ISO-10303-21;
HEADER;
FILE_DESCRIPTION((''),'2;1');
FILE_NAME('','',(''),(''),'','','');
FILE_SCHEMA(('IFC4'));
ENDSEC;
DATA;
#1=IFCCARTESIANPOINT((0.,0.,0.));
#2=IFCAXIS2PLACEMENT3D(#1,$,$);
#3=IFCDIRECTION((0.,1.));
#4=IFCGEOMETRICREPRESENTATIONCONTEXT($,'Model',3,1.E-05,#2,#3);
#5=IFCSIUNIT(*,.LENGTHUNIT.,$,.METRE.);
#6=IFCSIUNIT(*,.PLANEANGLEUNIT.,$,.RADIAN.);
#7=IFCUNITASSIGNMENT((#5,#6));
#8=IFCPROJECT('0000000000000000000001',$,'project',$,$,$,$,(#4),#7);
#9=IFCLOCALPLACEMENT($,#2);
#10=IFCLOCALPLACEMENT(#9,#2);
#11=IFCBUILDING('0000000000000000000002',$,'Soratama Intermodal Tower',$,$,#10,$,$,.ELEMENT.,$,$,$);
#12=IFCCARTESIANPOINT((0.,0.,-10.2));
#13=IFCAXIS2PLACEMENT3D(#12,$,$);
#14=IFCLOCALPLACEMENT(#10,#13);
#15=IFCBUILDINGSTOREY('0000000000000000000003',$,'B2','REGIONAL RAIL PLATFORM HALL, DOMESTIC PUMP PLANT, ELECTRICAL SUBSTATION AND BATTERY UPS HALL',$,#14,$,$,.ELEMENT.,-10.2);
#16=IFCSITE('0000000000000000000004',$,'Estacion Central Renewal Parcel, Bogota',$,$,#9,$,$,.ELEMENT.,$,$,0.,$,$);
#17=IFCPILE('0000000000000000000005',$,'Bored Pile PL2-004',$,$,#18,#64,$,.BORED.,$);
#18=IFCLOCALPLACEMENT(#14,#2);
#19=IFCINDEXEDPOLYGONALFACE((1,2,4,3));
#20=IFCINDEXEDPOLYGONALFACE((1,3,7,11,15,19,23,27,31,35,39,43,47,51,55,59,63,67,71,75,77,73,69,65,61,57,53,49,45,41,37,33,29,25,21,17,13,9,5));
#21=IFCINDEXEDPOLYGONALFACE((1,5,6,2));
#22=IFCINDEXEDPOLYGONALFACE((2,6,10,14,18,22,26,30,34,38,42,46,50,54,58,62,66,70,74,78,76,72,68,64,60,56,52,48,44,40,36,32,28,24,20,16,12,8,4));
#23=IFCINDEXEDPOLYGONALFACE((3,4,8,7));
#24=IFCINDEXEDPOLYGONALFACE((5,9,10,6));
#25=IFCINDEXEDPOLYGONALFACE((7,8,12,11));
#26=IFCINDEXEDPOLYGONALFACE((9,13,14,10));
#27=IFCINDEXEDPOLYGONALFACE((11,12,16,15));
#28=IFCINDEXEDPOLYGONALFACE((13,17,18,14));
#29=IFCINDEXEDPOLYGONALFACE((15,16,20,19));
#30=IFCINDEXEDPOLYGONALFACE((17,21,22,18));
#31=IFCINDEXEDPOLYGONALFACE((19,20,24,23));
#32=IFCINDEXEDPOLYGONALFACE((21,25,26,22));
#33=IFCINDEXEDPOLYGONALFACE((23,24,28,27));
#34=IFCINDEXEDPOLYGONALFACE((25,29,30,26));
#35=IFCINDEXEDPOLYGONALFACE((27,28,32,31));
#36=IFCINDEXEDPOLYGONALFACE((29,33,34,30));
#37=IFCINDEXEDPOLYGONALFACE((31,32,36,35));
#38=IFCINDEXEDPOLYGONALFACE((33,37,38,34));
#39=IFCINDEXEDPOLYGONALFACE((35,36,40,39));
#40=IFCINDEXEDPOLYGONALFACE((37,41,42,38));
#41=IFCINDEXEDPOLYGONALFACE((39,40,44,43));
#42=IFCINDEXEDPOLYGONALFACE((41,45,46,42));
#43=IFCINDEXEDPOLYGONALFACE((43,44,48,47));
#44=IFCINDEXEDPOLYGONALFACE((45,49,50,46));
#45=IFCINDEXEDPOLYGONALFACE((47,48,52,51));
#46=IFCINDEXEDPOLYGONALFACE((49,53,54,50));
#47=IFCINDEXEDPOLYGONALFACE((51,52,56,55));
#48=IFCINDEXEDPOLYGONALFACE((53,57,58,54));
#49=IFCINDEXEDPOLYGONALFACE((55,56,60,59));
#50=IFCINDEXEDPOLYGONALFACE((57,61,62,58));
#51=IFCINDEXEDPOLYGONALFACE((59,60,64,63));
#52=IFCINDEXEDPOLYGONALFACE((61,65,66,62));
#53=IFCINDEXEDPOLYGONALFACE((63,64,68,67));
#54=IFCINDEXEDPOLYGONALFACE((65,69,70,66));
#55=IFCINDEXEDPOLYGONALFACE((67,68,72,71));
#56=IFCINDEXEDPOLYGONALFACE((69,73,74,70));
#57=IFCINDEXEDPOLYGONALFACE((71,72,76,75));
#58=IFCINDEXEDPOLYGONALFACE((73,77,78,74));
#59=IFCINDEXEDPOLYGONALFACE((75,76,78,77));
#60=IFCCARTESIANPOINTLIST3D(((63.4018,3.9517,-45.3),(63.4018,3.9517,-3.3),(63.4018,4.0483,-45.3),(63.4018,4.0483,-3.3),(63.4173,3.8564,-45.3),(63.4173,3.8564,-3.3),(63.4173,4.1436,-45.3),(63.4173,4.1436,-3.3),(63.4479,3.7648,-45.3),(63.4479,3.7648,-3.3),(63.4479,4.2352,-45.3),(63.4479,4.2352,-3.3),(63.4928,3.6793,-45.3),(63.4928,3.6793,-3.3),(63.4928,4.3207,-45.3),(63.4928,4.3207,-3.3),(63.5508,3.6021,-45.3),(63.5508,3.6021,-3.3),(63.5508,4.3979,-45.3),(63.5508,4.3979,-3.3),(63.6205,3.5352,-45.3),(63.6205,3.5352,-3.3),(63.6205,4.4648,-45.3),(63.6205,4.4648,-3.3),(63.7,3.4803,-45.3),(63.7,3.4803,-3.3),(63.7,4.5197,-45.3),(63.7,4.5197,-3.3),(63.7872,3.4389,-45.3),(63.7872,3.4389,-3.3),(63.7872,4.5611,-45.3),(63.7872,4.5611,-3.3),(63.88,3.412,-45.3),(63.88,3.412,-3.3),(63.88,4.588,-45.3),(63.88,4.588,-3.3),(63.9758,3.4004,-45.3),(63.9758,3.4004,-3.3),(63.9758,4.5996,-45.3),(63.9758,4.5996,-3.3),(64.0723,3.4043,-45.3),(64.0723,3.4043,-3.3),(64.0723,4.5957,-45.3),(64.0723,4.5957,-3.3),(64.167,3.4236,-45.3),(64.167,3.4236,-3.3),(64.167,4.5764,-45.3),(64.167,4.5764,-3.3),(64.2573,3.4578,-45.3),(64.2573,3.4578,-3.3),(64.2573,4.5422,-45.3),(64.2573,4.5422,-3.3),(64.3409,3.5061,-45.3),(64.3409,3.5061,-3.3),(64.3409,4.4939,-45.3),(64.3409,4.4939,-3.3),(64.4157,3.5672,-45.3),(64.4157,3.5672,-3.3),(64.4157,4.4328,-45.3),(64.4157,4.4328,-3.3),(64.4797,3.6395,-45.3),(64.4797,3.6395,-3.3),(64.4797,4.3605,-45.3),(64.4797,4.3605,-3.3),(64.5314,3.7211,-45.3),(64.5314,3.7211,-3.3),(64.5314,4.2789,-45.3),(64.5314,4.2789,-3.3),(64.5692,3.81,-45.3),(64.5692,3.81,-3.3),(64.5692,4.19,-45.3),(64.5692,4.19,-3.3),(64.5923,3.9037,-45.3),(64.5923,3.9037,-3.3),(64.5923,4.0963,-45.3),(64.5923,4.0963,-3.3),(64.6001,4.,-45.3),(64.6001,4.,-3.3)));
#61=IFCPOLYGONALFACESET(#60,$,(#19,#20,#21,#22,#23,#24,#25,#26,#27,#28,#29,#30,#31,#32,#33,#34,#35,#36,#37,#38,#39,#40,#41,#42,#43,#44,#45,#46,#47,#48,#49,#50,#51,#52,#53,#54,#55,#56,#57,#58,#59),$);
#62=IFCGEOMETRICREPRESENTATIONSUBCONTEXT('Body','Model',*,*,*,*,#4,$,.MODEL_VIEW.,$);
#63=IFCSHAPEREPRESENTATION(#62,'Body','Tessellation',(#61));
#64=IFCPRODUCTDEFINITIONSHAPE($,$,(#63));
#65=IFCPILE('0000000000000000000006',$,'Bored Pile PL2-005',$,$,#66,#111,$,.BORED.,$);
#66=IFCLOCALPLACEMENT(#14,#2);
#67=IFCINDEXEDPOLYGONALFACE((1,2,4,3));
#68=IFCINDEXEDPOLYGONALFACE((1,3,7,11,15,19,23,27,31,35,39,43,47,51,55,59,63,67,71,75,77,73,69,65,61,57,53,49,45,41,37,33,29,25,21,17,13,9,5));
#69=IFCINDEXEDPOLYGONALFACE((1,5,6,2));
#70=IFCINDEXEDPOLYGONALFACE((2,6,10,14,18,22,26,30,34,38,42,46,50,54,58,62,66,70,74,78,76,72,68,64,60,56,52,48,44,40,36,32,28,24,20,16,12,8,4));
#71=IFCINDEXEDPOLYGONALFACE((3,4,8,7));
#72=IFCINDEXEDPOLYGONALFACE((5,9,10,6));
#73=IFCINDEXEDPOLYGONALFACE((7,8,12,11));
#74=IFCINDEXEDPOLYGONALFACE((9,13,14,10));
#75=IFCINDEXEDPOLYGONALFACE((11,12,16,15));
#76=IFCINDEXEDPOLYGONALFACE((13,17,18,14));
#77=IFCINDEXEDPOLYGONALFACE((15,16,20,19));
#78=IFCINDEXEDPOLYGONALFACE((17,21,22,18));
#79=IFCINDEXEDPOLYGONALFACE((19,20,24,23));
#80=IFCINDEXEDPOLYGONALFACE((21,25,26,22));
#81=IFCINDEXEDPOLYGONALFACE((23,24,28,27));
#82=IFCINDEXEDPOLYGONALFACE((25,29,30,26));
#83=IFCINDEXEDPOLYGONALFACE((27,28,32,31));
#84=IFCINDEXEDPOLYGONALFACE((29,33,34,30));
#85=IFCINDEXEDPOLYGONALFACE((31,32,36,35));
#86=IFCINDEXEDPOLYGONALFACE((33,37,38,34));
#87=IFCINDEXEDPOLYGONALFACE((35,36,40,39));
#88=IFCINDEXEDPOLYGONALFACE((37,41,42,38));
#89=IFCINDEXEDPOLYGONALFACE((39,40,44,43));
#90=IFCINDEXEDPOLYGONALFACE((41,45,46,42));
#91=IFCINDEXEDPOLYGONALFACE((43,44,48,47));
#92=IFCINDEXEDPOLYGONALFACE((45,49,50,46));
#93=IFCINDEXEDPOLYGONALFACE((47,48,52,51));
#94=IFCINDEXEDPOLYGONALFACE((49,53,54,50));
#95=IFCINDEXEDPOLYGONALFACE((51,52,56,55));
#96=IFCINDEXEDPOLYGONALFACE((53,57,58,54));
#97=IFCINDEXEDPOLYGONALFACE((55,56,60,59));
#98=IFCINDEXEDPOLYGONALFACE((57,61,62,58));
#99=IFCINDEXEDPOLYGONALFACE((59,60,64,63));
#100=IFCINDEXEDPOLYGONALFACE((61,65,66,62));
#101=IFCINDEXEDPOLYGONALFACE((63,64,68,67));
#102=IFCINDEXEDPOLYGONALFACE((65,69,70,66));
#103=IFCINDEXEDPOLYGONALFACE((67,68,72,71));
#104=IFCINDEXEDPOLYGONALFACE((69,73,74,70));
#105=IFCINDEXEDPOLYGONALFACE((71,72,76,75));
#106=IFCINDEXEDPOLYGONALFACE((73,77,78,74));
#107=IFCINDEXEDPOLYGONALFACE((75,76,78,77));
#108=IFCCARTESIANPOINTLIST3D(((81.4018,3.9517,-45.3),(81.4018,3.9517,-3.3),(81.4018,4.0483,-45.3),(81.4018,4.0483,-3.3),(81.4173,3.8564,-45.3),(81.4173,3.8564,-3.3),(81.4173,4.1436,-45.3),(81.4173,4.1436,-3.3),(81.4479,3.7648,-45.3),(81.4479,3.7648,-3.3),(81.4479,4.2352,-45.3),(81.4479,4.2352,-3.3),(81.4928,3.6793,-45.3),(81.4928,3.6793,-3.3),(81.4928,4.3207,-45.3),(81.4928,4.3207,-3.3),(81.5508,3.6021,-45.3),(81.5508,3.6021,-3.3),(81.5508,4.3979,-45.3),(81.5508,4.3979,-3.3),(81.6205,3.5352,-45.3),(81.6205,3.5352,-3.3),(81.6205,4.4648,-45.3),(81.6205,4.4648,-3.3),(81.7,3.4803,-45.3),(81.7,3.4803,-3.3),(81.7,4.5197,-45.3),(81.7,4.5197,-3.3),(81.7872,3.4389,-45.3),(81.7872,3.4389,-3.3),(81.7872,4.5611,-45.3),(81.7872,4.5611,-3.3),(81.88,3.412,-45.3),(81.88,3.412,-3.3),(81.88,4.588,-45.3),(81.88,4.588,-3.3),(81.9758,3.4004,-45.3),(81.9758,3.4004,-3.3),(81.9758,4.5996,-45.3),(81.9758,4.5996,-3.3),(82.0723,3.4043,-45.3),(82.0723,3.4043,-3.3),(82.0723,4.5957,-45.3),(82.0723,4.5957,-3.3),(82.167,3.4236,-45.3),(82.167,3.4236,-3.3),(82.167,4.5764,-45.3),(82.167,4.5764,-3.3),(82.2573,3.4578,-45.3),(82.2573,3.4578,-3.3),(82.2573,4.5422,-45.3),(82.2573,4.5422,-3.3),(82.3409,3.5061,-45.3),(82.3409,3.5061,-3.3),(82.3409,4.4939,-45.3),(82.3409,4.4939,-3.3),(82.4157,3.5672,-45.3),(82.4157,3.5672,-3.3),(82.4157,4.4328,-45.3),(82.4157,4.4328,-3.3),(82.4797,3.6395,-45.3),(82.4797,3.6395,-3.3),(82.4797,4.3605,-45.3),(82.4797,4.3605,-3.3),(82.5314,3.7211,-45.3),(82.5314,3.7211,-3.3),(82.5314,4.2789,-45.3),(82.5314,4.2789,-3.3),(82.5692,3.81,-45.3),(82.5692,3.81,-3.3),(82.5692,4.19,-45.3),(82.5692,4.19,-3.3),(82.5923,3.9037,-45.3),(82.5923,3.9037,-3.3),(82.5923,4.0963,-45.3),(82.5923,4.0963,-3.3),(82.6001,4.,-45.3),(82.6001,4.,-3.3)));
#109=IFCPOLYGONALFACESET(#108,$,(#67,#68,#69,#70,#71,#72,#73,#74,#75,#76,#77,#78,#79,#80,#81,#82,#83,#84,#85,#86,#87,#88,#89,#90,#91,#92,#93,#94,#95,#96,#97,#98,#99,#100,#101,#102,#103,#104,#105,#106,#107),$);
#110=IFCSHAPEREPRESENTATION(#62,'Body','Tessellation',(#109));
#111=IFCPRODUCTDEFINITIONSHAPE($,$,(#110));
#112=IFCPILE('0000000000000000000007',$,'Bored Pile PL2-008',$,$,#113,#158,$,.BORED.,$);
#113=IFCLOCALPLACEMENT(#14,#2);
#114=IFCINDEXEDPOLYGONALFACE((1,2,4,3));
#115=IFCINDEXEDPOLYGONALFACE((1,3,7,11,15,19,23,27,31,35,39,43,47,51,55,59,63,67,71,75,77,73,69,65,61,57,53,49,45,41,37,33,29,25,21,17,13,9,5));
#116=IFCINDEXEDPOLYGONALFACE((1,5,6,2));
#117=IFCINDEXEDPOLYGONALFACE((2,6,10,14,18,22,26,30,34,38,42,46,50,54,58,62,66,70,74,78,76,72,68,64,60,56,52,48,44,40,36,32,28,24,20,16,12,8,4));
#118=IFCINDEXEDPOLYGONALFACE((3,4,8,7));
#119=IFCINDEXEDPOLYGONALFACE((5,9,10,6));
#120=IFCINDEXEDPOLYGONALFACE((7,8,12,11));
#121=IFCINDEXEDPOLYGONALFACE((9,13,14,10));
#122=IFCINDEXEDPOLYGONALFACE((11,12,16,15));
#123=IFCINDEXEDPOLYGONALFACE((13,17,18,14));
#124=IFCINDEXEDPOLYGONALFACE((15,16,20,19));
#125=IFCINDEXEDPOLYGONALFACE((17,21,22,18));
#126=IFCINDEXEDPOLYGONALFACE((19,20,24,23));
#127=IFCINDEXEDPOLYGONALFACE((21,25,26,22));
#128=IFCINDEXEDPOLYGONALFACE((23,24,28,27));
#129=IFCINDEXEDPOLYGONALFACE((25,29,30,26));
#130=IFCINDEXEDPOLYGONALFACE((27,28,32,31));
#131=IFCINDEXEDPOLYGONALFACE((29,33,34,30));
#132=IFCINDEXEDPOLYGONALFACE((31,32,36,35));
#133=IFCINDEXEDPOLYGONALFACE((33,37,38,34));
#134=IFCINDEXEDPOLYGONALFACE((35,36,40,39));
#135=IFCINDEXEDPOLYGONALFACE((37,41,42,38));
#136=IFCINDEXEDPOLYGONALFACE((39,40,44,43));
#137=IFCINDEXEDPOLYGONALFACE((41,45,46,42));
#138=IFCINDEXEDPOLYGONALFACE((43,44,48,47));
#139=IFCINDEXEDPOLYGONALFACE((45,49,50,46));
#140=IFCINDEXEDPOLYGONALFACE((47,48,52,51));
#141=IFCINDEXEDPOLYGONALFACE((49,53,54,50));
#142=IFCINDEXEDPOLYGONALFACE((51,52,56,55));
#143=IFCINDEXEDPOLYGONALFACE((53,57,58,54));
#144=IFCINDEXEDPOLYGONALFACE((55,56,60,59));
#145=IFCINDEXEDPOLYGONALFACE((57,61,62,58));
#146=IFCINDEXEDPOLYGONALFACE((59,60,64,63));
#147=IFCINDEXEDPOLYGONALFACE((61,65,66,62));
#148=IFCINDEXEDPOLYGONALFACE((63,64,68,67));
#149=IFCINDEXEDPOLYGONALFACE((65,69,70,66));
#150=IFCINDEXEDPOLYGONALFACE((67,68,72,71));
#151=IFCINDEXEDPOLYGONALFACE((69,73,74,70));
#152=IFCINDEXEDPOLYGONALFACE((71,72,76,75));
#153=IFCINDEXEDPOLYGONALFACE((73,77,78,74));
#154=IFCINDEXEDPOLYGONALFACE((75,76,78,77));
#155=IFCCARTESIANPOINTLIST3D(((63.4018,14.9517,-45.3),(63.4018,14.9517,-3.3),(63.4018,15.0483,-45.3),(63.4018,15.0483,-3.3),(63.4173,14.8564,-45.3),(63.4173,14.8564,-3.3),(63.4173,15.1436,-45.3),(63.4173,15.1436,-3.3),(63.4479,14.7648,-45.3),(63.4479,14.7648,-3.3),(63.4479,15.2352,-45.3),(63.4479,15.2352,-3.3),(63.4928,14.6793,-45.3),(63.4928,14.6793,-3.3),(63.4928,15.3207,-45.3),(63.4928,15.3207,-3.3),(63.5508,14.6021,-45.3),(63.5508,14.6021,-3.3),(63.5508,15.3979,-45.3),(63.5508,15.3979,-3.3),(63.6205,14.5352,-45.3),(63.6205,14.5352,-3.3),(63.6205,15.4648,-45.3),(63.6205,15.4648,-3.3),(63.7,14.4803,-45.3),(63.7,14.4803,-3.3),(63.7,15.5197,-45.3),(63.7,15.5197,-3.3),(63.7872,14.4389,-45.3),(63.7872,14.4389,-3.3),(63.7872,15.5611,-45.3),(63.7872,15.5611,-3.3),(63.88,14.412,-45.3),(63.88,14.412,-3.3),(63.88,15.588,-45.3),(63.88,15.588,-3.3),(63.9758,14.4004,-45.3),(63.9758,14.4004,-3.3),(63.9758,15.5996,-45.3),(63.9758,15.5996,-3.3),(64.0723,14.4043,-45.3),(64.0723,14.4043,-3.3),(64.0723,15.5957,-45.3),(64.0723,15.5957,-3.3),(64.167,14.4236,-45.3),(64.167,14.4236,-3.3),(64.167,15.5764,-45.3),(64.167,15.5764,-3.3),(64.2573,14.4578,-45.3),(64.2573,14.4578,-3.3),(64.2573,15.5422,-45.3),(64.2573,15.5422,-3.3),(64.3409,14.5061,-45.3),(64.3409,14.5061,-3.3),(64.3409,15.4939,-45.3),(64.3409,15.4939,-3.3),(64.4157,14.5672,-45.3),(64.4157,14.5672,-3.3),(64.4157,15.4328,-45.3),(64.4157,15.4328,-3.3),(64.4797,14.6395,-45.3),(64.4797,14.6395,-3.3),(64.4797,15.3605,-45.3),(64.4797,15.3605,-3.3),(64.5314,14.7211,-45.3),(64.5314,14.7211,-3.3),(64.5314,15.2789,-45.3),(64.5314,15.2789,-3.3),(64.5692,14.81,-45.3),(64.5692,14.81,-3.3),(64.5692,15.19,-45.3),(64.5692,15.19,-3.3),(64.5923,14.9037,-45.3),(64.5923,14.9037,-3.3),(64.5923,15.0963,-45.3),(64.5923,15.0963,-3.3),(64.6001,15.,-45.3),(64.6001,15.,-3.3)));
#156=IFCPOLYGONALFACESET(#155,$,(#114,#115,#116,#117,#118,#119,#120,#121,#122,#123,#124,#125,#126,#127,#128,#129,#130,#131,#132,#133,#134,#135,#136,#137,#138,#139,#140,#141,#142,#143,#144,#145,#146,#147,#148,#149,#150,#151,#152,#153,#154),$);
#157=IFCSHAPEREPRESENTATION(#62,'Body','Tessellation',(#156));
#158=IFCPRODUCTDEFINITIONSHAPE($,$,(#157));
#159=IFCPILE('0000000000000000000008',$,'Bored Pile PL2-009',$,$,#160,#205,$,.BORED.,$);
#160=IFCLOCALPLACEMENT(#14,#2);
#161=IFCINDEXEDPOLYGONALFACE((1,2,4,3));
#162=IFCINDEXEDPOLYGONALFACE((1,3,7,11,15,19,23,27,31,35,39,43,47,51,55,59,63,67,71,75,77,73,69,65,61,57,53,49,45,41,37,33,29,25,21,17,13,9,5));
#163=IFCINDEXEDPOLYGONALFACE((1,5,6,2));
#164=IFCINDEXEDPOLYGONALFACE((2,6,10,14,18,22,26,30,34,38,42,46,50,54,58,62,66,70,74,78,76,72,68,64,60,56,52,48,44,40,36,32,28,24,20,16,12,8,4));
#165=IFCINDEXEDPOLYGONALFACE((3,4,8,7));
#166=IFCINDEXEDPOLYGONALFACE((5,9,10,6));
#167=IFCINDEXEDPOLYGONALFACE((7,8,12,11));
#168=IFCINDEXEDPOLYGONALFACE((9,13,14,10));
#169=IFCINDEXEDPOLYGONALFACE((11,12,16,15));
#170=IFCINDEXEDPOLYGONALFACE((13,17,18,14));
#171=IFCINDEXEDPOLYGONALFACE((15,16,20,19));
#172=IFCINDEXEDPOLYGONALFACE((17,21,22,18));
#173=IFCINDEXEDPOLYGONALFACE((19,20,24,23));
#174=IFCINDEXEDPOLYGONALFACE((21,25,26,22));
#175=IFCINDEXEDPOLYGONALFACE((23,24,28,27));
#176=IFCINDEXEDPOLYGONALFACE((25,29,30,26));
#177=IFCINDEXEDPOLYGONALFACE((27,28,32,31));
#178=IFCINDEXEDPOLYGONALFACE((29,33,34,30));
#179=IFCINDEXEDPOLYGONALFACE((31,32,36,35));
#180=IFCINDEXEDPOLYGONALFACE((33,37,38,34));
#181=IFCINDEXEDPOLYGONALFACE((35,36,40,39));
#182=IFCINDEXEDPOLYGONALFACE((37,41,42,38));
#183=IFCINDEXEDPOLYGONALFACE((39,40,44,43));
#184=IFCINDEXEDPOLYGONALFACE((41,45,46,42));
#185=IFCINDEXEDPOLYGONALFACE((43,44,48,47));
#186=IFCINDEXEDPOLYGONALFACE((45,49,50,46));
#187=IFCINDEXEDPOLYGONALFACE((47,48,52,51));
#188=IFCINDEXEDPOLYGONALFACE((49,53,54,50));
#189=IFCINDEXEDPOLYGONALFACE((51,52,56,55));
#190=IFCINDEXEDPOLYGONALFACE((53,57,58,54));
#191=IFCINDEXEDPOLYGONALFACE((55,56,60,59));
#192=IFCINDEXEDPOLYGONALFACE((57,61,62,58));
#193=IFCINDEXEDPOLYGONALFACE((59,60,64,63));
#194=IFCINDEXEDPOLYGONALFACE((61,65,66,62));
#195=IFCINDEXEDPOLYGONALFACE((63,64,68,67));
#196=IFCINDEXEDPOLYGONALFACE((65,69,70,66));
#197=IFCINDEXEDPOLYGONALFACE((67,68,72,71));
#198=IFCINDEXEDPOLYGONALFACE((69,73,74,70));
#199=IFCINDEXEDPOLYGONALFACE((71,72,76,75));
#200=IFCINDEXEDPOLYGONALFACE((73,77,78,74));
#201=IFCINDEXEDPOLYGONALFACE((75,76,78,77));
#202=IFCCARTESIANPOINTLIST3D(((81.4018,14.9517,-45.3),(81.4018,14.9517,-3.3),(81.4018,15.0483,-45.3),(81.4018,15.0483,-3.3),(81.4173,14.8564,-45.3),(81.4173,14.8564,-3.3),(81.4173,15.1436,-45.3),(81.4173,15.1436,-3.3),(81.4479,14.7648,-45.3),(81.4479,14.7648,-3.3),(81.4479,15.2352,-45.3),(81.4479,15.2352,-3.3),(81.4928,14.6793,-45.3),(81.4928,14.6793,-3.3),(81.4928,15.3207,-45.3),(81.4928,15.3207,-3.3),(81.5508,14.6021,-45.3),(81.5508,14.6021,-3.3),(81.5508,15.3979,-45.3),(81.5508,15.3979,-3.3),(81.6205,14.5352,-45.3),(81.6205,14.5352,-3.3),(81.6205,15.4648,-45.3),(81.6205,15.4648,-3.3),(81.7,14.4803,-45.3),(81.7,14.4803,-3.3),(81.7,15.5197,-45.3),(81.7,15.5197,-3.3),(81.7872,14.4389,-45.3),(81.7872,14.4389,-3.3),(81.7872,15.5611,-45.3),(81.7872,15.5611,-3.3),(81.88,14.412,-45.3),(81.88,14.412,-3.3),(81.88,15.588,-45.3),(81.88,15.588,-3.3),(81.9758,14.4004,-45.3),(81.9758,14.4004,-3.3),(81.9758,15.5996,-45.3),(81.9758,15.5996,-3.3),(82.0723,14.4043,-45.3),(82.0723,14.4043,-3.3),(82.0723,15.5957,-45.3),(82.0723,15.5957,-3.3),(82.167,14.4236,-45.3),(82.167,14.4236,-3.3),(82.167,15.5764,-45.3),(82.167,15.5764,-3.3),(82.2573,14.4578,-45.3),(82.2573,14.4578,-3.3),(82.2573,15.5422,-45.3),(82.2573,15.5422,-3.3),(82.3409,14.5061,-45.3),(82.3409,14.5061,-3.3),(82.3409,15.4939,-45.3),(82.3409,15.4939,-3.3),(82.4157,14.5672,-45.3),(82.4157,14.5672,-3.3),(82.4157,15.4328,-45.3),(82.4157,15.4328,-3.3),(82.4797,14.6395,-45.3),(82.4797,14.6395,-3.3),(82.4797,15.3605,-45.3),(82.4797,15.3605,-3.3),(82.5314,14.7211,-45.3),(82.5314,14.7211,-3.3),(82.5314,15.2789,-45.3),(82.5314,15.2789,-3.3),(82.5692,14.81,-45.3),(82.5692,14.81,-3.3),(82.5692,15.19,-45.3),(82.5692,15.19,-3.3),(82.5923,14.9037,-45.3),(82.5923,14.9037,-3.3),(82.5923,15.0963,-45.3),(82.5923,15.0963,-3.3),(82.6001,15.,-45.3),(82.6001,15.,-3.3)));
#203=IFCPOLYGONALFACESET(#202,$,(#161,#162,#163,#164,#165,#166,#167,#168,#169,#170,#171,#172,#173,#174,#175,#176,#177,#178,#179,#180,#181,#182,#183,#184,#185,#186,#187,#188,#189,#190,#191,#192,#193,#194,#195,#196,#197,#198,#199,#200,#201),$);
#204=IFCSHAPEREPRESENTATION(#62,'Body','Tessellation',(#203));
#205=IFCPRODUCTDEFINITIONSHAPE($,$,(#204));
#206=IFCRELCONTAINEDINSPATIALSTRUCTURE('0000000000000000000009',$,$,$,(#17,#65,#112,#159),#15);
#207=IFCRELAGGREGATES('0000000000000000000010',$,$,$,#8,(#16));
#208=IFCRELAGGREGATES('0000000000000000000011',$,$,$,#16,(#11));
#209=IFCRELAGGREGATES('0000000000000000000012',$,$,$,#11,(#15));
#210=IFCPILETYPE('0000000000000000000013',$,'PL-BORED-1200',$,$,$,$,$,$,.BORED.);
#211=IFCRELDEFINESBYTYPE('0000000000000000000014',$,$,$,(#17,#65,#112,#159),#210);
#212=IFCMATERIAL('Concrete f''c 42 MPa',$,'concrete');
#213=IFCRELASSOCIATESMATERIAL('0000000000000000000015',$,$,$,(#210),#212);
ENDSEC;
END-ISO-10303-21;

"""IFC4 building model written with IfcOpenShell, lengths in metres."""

from ifc_helpers import new_model, si_unit, direction, frame, origin, origin_2d, place, context, subcontext, project, spatial, circle, extrude, material, material_profile, profile_set, type_object, element, save


model = new_model("IFC4")

# Units and contexts
model_context = context("Model", 3, precision=1e-05, world=origin(), true_north=direction((0.0, 1.0)))
body_context = subcontext(model_context, "Body", "Model", "MODEL_VIEW")
ifc_project = project(units=[si_unit("LENGTHUNIT", "METRE"), si_unit("PLANEANGLEUNIT", "RADIAN")], contexts=[model_context])

# Site, building, storey
site_placement = place(None, origin())
site = spatial("IfcSite", under=ifc_project, at=site_placement, Name="Estacion Central Renewal Parcel, Bogota", CompositionType="ELEMENT", RefElevation=0.0)
building_placement = place(site_placement, origin())
building = spatial("IfcBuilding", under=site, at=building_placement, Name="Soratama Intermodal Tower", CompositionType="ELEMENT")
storey_placement = place(building_placement, frame((0.0, 0.0, -10.2)))
storey = spatial("IfcBuildingStorey", under=building, at=storey_placement, Name="B2", Description="REGIONAL RAIL PLATFORM HALL, DOMESTIC PUMP PLANT, ELECTRICAL SUBSTATION AND BATTERY UPS HALL", CompositionType="ELEMENT", Elevation=-10.2)

# Piles
ifc_material_1 = material(Name="Concrete f'c 42 MPa", Category="concrete")
ifc_material_profile_1 = material_profile(ifc_material_1, circle(Radius=0.6001, at=origin_2d()), Name="PILE1200")
ifc_profile_set_1 = profile_set([ifc_material_profile_1], Name="Concrete f'c 42 MPa")
pile_type_1 = type_object("IfcPileType", Name="PL-BORED-1200", PredefinedType="BORED", material=ifc_profile_set_1)
for number, where, z_axis, x_axis, name in (
    (1, (64.0, 4.0, -3.3), (0.0, 0.0, -1.0), (1.0, 0.0, 0.0), "Bored Pile PL2-004"),
    (2, (82.0, 4.0, -3.3), (0.0, 0.0, -1.0), (1.0, 0.0, 0.0), "Bored Pile PL2-005"),
    (3, (64.0, 15.0, -3.3), (0.0, 0.0, -1.0), (1.0, 0.0, 0.0), "Bored Pile PL2-008"),
    (4, (82.0, 15.0, -3.3), (0.0, 0.0, -1.0), (1.0, 0.0, 0.0), "Bored Pile PL2-009"),
):
    element("IfcPile", number, at=place(storey_placement, frame(where, z_axis=z_axis, x_axis=x_axis)), inside=storey, type_object=pile_type_1, Name=name, PredefinedType="BORED", context=body_context, shape_type="SweptSolid", body=[
        extrude(circle(Radius=0.6001, at=origin_2d()), origin(), (0.0, 0.0, 1.0), 42.0),
    ])

save(model, "model.ifc")
